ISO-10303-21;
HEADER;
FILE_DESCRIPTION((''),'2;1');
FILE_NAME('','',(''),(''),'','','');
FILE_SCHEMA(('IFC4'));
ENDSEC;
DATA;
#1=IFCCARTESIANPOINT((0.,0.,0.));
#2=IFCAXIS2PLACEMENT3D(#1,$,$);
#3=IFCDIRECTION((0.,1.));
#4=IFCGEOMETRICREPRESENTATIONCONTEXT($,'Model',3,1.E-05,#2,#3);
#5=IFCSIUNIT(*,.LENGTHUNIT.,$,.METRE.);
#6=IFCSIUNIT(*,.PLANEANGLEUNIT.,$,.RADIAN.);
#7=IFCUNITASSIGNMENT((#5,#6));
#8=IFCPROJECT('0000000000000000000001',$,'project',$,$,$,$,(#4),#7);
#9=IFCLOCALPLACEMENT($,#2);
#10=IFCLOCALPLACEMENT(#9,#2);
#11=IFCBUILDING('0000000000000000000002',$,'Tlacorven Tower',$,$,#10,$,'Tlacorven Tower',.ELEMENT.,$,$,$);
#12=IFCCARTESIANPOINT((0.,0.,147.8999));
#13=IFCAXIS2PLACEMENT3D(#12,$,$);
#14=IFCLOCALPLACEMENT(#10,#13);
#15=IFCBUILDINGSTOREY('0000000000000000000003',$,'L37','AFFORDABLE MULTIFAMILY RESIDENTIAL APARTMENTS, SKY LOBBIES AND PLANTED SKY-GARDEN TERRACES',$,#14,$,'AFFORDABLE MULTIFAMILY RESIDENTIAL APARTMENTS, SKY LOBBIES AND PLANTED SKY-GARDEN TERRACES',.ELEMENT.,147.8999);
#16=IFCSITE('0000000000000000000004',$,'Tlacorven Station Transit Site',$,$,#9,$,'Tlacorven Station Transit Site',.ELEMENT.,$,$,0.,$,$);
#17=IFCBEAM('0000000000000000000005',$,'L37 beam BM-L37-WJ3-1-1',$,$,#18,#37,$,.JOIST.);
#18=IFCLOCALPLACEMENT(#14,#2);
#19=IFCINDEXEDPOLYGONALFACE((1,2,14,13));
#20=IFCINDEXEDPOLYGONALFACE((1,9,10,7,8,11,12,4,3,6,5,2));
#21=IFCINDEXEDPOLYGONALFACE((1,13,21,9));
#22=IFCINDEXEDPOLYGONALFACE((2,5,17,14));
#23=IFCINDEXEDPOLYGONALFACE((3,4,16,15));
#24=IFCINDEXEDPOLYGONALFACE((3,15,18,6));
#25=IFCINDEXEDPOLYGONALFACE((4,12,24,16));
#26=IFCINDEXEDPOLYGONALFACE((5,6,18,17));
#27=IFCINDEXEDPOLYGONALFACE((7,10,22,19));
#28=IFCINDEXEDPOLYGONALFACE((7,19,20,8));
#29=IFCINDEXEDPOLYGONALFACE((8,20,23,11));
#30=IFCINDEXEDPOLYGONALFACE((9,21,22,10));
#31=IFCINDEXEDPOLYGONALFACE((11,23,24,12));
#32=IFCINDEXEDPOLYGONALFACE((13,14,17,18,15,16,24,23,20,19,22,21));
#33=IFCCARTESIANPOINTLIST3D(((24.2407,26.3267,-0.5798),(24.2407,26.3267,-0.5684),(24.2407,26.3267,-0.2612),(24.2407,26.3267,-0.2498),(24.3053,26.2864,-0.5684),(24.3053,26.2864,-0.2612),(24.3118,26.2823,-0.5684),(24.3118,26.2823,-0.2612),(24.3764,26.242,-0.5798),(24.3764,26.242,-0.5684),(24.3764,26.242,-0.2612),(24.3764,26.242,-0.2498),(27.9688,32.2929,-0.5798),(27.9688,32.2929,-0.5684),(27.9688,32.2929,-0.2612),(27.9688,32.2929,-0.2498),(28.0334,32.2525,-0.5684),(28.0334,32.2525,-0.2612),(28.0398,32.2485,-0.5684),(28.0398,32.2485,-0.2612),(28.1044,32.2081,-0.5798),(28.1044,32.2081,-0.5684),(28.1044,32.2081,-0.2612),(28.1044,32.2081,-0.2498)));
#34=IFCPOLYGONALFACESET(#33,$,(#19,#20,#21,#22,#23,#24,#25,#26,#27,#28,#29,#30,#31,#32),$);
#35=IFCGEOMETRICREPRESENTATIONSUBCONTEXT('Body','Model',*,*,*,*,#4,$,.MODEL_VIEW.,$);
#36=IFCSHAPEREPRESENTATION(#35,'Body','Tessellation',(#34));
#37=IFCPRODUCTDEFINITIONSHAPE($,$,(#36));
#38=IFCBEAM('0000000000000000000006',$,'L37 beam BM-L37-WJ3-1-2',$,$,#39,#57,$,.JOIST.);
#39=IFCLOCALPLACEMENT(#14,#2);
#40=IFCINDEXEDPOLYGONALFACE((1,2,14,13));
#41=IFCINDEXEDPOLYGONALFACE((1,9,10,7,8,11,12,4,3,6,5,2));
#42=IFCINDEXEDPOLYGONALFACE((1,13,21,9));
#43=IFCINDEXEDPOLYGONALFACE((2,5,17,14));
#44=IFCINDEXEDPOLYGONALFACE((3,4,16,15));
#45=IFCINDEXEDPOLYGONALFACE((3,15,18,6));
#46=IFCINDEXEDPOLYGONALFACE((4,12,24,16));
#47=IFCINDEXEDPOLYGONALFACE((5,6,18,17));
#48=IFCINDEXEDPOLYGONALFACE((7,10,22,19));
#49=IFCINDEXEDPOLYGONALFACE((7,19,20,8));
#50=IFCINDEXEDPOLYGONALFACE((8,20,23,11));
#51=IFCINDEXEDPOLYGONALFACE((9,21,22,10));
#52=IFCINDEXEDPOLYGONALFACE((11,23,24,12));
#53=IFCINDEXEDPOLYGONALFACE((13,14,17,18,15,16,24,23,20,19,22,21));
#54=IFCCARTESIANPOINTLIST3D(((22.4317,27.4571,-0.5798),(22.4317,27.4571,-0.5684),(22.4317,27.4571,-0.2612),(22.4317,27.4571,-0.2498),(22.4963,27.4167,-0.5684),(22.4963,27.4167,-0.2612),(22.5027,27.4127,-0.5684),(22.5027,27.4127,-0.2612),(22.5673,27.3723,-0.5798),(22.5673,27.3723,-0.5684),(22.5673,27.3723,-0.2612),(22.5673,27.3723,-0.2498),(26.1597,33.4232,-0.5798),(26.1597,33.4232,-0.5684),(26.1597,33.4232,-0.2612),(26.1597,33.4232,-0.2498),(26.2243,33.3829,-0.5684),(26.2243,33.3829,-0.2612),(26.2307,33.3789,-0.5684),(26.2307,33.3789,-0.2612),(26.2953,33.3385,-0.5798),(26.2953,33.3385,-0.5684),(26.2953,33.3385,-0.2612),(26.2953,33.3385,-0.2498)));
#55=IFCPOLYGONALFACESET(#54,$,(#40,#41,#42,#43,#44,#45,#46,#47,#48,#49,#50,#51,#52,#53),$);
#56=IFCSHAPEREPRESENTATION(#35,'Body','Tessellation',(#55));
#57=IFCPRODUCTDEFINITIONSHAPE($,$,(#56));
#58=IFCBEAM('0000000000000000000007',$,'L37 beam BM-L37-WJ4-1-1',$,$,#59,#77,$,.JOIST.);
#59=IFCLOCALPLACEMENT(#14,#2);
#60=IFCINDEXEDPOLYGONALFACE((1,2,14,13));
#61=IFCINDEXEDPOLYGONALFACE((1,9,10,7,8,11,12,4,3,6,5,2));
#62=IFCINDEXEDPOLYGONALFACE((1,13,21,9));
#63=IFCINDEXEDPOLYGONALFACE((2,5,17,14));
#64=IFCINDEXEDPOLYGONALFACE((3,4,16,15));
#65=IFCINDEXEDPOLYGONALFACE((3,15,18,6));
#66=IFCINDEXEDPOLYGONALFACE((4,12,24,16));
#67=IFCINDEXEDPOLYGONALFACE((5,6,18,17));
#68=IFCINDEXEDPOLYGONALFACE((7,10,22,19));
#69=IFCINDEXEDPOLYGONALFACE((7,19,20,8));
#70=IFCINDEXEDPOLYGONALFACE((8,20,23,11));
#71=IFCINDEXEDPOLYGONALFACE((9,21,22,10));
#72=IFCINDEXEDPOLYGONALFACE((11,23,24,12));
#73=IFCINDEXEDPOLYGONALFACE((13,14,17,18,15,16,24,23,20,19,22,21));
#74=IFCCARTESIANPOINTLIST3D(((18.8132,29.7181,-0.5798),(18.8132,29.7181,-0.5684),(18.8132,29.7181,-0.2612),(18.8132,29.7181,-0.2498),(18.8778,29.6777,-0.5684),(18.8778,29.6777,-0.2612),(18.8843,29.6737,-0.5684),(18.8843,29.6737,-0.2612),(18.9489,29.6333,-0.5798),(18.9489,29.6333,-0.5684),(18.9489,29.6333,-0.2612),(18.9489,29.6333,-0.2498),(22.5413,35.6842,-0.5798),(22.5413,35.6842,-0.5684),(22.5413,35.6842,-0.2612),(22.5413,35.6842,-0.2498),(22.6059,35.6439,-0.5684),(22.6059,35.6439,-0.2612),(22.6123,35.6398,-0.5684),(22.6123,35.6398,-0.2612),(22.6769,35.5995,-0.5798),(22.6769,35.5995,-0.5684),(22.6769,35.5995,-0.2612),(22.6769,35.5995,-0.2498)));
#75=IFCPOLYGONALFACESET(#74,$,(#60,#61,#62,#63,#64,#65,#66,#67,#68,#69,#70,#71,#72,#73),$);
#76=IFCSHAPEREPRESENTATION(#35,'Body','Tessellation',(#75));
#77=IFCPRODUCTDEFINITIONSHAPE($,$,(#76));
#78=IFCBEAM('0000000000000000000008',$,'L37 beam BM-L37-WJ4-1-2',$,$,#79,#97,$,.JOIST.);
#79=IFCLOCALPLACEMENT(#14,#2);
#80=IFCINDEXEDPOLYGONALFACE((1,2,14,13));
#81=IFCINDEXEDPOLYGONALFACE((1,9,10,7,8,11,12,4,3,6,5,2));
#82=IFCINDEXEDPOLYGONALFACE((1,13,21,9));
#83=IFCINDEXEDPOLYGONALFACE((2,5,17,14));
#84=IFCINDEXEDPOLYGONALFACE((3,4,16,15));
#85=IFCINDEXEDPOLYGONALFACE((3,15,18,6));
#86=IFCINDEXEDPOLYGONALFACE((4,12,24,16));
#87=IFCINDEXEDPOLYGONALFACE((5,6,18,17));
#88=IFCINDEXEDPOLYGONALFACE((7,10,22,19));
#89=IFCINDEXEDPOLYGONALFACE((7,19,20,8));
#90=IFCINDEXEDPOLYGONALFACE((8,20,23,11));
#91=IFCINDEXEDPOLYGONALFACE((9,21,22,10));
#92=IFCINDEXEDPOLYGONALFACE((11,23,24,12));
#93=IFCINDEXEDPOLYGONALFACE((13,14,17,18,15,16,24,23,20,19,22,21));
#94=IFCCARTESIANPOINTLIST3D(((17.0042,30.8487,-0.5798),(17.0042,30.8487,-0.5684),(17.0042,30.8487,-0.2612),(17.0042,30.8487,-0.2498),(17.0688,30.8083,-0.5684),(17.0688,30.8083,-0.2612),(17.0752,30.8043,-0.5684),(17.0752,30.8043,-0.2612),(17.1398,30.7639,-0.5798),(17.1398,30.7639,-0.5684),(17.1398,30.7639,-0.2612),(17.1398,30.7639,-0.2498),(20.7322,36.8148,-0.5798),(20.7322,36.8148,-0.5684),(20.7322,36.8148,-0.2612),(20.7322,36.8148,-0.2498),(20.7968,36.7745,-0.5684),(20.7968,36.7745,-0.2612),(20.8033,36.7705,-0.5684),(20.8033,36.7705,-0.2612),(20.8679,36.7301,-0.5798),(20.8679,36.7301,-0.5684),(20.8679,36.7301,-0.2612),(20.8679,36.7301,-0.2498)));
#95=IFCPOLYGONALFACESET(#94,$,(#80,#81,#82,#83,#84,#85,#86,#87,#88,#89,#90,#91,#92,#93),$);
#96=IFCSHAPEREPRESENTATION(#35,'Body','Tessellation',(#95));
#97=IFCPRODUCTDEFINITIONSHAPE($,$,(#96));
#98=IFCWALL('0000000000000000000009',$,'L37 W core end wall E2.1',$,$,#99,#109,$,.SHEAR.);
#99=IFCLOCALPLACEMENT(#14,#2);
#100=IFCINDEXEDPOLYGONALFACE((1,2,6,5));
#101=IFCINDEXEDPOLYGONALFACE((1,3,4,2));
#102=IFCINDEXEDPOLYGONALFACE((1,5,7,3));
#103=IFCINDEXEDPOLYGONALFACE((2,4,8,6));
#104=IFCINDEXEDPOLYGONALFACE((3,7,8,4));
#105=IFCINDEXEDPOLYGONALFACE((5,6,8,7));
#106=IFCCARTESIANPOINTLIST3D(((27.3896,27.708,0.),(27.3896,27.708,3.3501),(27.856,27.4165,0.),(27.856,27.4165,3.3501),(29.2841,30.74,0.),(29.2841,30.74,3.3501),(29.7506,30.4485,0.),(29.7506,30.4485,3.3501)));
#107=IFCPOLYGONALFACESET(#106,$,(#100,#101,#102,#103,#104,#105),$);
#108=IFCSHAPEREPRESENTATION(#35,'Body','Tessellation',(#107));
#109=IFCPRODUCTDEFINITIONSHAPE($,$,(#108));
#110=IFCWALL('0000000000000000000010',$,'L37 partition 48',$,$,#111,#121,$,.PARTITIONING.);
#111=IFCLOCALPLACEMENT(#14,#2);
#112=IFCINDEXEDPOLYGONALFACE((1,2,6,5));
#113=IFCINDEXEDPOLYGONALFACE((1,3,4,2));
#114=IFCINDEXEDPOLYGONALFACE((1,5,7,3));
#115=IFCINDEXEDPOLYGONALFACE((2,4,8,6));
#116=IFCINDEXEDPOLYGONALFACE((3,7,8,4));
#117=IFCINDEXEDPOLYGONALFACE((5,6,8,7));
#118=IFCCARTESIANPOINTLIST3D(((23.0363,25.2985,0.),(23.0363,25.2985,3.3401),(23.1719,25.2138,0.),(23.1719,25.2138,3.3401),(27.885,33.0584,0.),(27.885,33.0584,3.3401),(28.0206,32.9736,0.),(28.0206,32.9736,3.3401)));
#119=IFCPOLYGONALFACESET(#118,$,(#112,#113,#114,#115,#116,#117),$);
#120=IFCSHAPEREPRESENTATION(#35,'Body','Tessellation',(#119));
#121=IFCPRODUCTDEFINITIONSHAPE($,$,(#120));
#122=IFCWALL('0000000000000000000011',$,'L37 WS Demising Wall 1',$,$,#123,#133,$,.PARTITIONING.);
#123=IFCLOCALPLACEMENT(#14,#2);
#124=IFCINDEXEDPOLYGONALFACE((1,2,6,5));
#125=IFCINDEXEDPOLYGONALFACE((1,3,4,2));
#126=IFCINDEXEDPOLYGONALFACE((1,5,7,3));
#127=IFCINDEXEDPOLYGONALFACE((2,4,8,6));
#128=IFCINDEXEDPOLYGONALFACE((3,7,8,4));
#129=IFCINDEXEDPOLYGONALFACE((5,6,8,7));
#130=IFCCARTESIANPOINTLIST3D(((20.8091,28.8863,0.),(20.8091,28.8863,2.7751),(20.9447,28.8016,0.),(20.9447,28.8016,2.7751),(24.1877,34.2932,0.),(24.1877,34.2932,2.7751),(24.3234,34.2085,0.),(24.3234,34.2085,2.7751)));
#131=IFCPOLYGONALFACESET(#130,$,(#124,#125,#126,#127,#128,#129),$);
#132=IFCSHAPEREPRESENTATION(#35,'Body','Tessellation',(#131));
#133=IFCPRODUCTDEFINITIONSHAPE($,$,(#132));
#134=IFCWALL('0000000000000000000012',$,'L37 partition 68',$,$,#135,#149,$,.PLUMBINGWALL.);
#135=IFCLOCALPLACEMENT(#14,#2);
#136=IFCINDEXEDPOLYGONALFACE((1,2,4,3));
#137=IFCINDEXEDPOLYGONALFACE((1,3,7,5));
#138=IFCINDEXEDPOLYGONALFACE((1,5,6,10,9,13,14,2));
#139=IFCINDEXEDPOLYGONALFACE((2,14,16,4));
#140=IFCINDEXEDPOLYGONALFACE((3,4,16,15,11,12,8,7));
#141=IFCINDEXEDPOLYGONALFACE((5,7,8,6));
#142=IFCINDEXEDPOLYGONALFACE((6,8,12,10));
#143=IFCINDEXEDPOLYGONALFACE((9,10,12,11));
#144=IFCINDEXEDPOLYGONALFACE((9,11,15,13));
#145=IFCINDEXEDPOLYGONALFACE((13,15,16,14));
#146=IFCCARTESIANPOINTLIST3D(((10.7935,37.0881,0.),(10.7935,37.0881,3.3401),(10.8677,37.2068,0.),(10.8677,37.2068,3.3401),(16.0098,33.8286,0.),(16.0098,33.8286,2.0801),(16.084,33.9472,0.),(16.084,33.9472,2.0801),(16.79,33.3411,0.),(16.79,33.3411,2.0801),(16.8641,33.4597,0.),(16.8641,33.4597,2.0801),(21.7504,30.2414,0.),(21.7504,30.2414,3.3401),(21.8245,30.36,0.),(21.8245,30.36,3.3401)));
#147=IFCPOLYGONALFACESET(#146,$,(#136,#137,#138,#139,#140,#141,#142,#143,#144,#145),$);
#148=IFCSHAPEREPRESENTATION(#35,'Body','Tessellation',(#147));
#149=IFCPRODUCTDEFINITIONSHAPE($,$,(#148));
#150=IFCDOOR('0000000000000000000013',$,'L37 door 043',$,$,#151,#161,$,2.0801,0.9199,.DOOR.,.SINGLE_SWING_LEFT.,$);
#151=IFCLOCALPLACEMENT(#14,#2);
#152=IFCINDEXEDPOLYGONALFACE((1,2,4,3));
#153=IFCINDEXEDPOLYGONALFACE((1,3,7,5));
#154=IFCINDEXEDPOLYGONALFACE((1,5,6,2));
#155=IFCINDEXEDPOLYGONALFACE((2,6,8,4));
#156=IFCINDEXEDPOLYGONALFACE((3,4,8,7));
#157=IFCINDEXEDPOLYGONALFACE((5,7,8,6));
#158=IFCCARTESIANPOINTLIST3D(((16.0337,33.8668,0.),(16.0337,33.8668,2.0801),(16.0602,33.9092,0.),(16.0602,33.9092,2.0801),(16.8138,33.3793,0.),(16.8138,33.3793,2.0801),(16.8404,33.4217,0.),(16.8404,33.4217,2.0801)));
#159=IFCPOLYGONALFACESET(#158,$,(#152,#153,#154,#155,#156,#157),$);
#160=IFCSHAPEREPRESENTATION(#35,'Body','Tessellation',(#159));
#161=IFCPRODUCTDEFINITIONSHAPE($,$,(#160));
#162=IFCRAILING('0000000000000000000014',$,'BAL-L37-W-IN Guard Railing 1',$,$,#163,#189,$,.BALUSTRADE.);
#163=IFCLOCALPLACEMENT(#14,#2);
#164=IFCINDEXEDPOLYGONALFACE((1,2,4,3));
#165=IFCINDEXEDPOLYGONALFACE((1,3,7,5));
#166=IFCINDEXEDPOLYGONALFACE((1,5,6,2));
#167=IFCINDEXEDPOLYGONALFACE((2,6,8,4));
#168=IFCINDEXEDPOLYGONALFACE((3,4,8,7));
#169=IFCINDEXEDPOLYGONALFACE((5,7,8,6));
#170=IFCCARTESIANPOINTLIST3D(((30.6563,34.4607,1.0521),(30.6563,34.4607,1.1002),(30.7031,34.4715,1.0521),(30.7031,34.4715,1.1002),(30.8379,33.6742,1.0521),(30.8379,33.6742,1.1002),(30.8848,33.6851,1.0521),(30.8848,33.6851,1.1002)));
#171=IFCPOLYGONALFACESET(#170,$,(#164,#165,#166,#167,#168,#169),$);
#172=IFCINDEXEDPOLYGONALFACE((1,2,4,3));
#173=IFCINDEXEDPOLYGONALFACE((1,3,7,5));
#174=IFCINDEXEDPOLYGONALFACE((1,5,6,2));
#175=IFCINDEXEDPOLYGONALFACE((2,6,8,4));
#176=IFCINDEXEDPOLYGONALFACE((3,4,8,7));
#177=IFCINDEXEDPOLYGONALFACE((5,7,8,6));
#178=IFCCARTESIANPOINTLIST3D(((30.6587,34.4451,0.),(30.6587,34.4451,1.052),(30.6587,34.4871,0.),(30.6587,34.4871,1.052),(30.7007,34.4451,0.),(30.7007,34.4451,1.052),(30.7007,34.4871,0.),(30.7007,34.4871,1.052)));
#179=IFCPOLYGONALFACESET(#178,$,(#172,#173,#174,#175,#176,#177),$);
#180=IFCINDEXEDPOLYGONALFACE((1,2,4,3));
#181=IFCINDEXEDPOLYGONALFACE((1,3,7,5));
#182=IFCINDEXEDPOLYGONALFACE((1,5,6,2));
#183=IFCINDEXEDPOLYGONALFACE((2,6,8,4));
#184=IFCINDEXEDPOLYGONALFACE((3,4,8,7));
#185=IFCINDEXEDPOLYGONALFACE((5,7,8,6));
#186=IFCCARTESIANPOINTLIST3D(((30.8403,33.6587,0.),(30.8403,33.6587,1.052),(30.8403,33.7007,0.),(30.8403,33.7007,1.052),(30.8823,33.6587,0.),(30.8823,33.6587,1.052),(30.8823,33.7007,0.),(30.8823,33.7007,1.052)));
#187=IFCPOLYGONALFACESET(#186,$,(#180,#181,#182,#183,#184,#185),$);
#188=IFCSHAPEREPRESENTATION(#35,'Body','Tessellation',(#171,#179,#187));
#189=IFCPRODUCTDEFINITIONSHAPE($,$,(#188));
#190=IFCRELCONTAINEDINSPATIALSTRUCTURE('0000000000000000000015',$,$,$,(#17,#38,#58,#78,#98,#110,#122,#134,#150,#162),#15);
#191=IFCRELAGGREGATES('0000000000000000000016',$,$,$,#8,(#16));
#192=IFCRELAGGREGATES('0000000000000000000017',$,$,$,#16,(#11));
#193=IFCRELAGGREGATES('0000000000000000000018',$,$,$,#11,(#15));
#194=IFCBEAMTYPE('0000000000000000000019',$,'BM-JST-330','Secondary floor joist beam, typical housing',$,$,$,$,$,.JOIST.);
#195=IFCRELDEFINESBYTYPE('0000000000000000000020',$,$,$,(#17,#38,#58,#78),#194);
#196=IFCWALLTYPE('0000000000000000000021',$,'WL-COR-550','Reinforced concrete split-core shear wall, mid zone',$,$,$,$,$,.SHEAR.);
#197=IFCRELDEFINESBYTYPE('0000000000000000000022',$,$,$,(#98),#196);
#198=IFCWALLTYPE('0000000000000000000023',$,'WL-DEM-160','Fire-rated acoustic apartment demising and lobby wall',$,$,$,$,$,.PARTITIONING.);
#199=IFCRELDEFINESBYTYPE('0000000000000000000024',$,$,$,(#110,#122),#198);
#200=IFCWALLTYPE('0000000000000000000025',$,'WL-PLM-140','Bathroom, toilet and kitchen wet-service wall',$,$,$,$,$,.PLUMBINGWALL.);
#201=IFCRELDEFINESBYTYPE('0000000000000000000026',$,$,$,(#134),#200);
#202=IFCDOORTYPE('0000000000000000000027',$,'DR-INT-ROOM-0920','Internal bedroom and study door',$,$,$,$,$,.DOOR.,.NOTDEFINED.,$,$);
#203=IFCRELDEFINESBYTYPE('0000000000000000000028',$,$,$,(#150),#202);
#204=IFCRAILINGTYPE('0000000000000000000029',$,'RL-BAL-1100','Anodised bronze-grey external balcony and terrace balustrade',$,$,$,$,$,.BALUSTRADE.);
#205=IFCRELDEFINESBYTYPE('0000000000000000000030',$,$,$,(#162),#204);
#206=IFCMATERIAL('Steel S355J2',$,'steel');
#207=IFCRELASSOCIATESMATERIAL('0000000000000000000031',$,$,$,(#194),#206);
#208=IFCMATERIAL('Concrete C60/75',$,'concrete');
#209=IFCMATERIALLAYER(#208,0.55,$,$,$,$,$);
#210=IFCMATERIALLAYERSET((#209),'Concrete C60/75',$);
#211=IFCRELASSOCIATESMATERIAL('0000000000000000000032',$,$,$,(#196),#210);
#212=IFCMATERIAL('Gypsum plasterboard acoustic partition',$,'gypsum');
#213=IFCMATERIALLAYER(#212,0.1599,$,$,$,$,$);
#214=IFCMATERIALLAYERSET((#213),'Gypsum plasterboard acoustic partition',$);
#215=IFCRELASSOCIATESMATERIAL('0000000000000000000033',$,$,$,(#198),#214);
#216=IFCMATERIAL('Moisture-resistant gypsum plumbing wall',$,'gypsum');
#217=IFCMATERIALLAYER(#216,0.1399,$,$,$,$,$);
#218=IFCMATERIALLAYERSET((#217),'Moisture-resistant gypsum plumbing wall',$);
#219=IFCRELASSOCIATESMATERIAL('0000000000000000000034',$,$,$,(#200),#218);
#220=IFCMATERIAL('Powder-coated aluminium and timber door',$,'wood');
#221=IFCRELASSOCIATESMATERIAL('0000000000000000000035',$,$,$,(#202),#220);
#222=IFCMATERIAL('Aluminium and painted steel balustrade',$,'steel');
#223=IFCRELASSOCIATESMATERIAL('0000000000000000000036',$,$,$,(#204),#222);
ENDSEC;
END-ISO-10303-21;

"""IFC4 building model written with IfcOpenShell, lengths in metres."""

from ifc_helpers import new_model, si_unit, direction, frame, frame_2d, origin, origin_2d, place, context, subcontext, project, spatial, rectangle, i_section, extrude, source, transform, mapped, material, layer, layer_set, material_profile, profile_set, type_object, element, fill, save


model = new_model("IFC4")

# Units and contexts
model_context = context("Model", 3, precision=1e-05, world=origin(), true_north=direction((0.0, 1.0)))
body_context = subcontext(model_context, "Body", "Model", "MODEL_VIEW")
ifc_project = project(units=[si_unit("LENGTHUNIT", "METRE"), si_unit("PLANEANGLEUNIT", "RADIAN")], contexts=[model_context])

# Site, building, storey
site_placement = place(None, origin())
site = spatial("IfcSite", under=ifc_project, at=site_placement, Name="Tlacorven Station Transit Site", LongName="Tlacorven Station Transit Site", CompositionType="ELEMENT", RefElevation=0.0)
building_placement = place(site_placement, origin())
building = spatial("IfcBuilding", under=site, at=building_placement, Name="Tlacorven Tower", LongName="Tlacorven Tower", CompositionType="ELEMENT")
storey_placement = place(building_placement, frame((0.0, 0.0, 147.8999)))
storey = spatial("IfcBuildingStorey", under=building, at=storey_placement, Name="L37", Description="AFFORDABLE MULTIFAMILY RESIDENTIAL APARTMENTS, SKY LOBBIES AND PLANTED SKY-GARDEN TERRACES", LongName="AFFORDABLE MULTIFAMILY RESIDENTIAL APARTMENTS, SKY LOBBIES AND PLANTED SKY-GARDEN TERRACES", CompositionType="ELEMENT", Elevation=147.8999)

# Beams
ifc_material_1 = material(Name="Steel S355J2", Category="steel")
ifc_material_profile_1 = material_profile(ifc_material_1, i_section(OverallWidth=0.1599, OverallDepth=0.3301, WebThickness=0.0076, FlangeThickness=0.0115, at=origin_2d()), Name="IPE 330")
ifc_profile_set_1 = profile_set([ifc_material_profile_1], Name="Steel S355J2")
beam_type_1 = type_object("IfcBeamType", Name="BM-JST-330", Description="Secondary floor joist beam, typical housing", PredefinedType="JOIST", material=ifc_profile_set_1)
shared_shape_1 = source(origin(), body_context, "Body", "SweptSolid", [
    extrude(i_section(OverallWidth=0.1599, OverallDepth=0.3301, WebThickness=0.0076, FlangeThickness=0.0115, at=origin_2d()), origin(), (0.0, 0.0, 1.0), 7.0352),
])
for number, where, z_axis, x_axis, name in (
    (1, (28.0366, 32.2505, -0.4148), (-0.529921, -0.848047, 0.0), (0.848047, -0.529921, 0.0), "L37 beam BM-L37-WJ3-1-1"),
    (2, (26.2275, 33.3809, -0.4148), (-0.529921, -0.848047, 0.0), (0.848047, -0.529921, 0.0), "L37 beam BM-L37-WJ3-1-2"),
    (3, (22.6091, 35.6418, -0.4148), (-0.529921, -0.848047, 0.0), (0.848047, -0.529921, 0.0), "L37 beam BM-L37-WJ4-1-1"),
    (4, (20.8, 36.7725, -0.4148), (-0.529921, -0.848047, 0.0), (0.848047, -0.529921, 0.0), "L37 beam BM-L37-WJ4-1-2"),
):
    element("IfcBeam", number, at=place(storey_placement, frame(where, z_axis=z_axis, x_axis=x_axis)), inside=storey, type_object=beam_type_1, Name=name, PredefinedType="JOIST", context=body_context, shape_type="MappedRepresentation", body=[
        mapped(shared_shape_1, transform((0.0, 0.0, 0.0), scale=1.0)),
    ])

# Walls
ifc_material_2 = material(Name="Concrete C60/75", Category="concrete")
ifc_layer_1 = layer(ifc_material_2, 0.55)
ifc_layer_set_1 = layer_set([ifc_layer_1], Name="Concrete C60/75")
wall_type_1 = type_object("IfcWallType", Name="WL-COR-550", Description="Reinforced concrete split-core shear wall, mid zone", PredefinedType="SHEAR", material=ifc_layer_set_1)
wall_1_placement = place(storey_placement, frame((29.5173, 30.5942, 0.0), z_axis=(0.0, 0.0, 1.0), x_axis=(-0.529907, -0.848056, 0.0)))
element("IfcWall", 5, at=wall_1_placement, inside=storey, type_object=wall_type_1, Name="L37 W core end wall E2.1", PredefinedType="SHEAR", context=body_context, shape_type="SweptSolid", body=[
    extrude(rectangle(XDim=3.5752, YDim=0.55, at=frame_2d((1.7876, 0.0))), origin(), (0.0, 0.0, 1.0), 3.3501),
])
ifc_material_3 = material(Name="Gypsum plasterboard acoustic partition", Category="gypsum")
ifc_layer_2 = layer(ifc_material_3, 0.1599)
ifc_layer_set_2 = layer_set([ifc_layer_2], Name="Gypsum plasterboard acoustic partition")
wall_type_2 = type_object("IfcWallType", Name="WL-DEM-160", Description="Fire-rated acoustic apartment demising and lobby wall", PredefinedType="PARTITIONING", material=ifc_layer_set_2)
wall_2_placement = place(storey_placement, frame((27.9529, 33.0161, 0.0), z_axis=(0.0, 0.0, 1.0), x_axis=(-0.529903, -0.848058, 0.0)))
element("IfcWall", 6, at=wall_2_placement, inside=storey, type_object=wall_type_2, Name="L37 partition 48", PredefinedType="PARTITIONING", context=body_context, shape_type="SweptSolid", body=[
    extrude(rectangle(XDim=9.1501, YDim=0.1599, at=frame_2d((4.5752, 0.0))), origin(), (0.0, 0.0, 1.0), 3.3401),
])
wall_3_placement = place(storey_placement, frame((24.2556, 34.251, 0.0), z_axis=(0.0, 0.0, 1.0), x_axis=(-0.52992, -0.848048, 0.0)))
element("IfcWall", 7, at=wall_3_placement, inside=storey, type_object=wall_type_2, Name="L37 WS Demising Wall 1", PredefinedType="PARTITIONING", context=body_context, shape_type="SweptSolid", body=[
    extrude(rectangle(XDim=6.3757, YDim=0.1599, at=frame_2d((3.188, 0.0))), origin(), (0.0, 0.0, 1.0), 2.7751),
])

# Wall, opening, door
ifc_material_4 = material(Name="Moisture-resistant gypsum plumbing wall", Category="gypsum")
ifc_layer_3 = layer(ifc_material_4, 0.1399)
ifc_layer_set_3 = layer_set([ifc_layer_3], Name="Moisture-resistant gypsum plumbing wall")
wall_type_3 = type_object("IfcWallType", Name="WL-PLM-140", Description="Bathroom, toilet and kitchen wet-service wall", PredefinedType="PLUMBINGWALL", material=ifc_layer_set_3)
wall_4_placement = place(storey_placement, frame((21.7874, 30.3008, 0.0), z_axis=(0.0, 0.0, 1.0), x_axis=(-0.848044, 0.529926, 0.0)))
wall_4 = element("IfcWall", 8, at=wall_4_placement, inside=storey, type_object=wall_type_3, Name="L37 partition 68", PredefinedType="PLUMBINGWALL", context=body_context, shape_type="SweptSolid", body=[
    extrude(rectangle(XDim=12.9202, YDim=0.1399, at=frame_2d((6.46, 0.0))), origin(), (0.0, 0.0, 1.0), 3.3401),
])
opening_placement = place(wall_4_placement, frame((5.8491, 0.0, 0.0)))
opening = element("IfcOpeningElement", 9, at=opening_placement, cuts=wall_4, PredefinedType="OPENING", context=body_context, shape_type="SweptSolid", body=[
    extrude(rectangle(XDim=0.9199, YDim=2.0801, at=frame_2d((0.46, 1.04))), frame((0.0, 0.0801, 0.0), z_axis=(0.0, -1.0, 0.0), x_axis=(1.0, 0.0, 0.0)), (0.0, 0.0, 1.0), 0.1599),
])
ifc_material_5 = material(Name="Powder-coated aluminium and timber door", Category="wood")
door_type = type_object("IfcDoorType", Name="DR-INT-ROOM-0920", Description="Internal bedroom and study door", OperationType="NOTDEFINED", PredefinedType="DOOR", material=ifc_material_5)
shared_shape_2 = source(origin(), body_context, "Body", "SweptSolid", [
    extrude(rectangle(XDim=0.9199, YDim=2.0801, at=frame_2d((0.46, 1.04))), frame((0.0, 0.0249, 0.0), z_axis=(0.0, -1.0, 0.0), x_axis=(1.0, 0.0, 0.0)), (0.0, 0.0, 1.0), 0.05),
])
door_placement = place(opening_placement, origin())
door = element("IfcDoor", 10, at=door_placement, inside=storey, type_object=door_type, Name="L37 door 043", OperationType="SINGLE_SWING_LEFT", OverallHeight=2.0801, OverallWidth=0.9199, PredefinedType="DOOR", context=body_context, shape_type="MappedRepresentation", body=[
    mapped(shared_shape_2, transform((0.0, 0.0, 0.0), scale=1.0)),
])
fill(opening, door)

# Railing
ifc_material_6 = material(Name="Aluminium and painted steel balustrade", Category="steel")
railing_type = type_object("IfcRailingType", Name="RL-BAL-1100", Description="Anodised bronze-grey external balcony and terrace balustrade", PredefinedType="BALUSTRADE", material=ifc_material_6)
shared_shape_3 = source(origin(), body_context, "Body", "SweptSolid", [
    extrude(rectangle(XDim=0.0481, YDim=0.0481, at=origin_2d()), frame((0.0, 0.0, 1.0762), z_axis=(0.225058, -0.974345, 0.0), x_axis=(0.974345, 0.225058, 0.0)), (0.0, 0.0, 1.0), 0.8071),
    extrude(rectangle(XDim=0.042, YDim=0.042, at=origin_2d()), origin(), (0.0, 0.0, 1.0), 1.052),
    extrude(rectangle(XDim=0.042, YDim=0.042, at=origin_2d()), frame((0.1816, -0.7864, 0.0)), (0.0, 0.0, 1.0), 1.052),
])
railing_1_placement = place(storey_placement, frame((30.6797, 34.4661, 0.0)))
element("IfcRailing", 11, at=railing_1_placement, inside=storey, type_object=railing_type, Name="BAL-L37-W-IN Guard Railing 1", PredefinedType="BALUSTRADE", context=body_context, shape_type="MappedRepresentation", body=[
    mapped(shared_shape_3, transform((0.0, 0.0, 0.0), scale=1.0)),
])

save(model, "model.ifc")
